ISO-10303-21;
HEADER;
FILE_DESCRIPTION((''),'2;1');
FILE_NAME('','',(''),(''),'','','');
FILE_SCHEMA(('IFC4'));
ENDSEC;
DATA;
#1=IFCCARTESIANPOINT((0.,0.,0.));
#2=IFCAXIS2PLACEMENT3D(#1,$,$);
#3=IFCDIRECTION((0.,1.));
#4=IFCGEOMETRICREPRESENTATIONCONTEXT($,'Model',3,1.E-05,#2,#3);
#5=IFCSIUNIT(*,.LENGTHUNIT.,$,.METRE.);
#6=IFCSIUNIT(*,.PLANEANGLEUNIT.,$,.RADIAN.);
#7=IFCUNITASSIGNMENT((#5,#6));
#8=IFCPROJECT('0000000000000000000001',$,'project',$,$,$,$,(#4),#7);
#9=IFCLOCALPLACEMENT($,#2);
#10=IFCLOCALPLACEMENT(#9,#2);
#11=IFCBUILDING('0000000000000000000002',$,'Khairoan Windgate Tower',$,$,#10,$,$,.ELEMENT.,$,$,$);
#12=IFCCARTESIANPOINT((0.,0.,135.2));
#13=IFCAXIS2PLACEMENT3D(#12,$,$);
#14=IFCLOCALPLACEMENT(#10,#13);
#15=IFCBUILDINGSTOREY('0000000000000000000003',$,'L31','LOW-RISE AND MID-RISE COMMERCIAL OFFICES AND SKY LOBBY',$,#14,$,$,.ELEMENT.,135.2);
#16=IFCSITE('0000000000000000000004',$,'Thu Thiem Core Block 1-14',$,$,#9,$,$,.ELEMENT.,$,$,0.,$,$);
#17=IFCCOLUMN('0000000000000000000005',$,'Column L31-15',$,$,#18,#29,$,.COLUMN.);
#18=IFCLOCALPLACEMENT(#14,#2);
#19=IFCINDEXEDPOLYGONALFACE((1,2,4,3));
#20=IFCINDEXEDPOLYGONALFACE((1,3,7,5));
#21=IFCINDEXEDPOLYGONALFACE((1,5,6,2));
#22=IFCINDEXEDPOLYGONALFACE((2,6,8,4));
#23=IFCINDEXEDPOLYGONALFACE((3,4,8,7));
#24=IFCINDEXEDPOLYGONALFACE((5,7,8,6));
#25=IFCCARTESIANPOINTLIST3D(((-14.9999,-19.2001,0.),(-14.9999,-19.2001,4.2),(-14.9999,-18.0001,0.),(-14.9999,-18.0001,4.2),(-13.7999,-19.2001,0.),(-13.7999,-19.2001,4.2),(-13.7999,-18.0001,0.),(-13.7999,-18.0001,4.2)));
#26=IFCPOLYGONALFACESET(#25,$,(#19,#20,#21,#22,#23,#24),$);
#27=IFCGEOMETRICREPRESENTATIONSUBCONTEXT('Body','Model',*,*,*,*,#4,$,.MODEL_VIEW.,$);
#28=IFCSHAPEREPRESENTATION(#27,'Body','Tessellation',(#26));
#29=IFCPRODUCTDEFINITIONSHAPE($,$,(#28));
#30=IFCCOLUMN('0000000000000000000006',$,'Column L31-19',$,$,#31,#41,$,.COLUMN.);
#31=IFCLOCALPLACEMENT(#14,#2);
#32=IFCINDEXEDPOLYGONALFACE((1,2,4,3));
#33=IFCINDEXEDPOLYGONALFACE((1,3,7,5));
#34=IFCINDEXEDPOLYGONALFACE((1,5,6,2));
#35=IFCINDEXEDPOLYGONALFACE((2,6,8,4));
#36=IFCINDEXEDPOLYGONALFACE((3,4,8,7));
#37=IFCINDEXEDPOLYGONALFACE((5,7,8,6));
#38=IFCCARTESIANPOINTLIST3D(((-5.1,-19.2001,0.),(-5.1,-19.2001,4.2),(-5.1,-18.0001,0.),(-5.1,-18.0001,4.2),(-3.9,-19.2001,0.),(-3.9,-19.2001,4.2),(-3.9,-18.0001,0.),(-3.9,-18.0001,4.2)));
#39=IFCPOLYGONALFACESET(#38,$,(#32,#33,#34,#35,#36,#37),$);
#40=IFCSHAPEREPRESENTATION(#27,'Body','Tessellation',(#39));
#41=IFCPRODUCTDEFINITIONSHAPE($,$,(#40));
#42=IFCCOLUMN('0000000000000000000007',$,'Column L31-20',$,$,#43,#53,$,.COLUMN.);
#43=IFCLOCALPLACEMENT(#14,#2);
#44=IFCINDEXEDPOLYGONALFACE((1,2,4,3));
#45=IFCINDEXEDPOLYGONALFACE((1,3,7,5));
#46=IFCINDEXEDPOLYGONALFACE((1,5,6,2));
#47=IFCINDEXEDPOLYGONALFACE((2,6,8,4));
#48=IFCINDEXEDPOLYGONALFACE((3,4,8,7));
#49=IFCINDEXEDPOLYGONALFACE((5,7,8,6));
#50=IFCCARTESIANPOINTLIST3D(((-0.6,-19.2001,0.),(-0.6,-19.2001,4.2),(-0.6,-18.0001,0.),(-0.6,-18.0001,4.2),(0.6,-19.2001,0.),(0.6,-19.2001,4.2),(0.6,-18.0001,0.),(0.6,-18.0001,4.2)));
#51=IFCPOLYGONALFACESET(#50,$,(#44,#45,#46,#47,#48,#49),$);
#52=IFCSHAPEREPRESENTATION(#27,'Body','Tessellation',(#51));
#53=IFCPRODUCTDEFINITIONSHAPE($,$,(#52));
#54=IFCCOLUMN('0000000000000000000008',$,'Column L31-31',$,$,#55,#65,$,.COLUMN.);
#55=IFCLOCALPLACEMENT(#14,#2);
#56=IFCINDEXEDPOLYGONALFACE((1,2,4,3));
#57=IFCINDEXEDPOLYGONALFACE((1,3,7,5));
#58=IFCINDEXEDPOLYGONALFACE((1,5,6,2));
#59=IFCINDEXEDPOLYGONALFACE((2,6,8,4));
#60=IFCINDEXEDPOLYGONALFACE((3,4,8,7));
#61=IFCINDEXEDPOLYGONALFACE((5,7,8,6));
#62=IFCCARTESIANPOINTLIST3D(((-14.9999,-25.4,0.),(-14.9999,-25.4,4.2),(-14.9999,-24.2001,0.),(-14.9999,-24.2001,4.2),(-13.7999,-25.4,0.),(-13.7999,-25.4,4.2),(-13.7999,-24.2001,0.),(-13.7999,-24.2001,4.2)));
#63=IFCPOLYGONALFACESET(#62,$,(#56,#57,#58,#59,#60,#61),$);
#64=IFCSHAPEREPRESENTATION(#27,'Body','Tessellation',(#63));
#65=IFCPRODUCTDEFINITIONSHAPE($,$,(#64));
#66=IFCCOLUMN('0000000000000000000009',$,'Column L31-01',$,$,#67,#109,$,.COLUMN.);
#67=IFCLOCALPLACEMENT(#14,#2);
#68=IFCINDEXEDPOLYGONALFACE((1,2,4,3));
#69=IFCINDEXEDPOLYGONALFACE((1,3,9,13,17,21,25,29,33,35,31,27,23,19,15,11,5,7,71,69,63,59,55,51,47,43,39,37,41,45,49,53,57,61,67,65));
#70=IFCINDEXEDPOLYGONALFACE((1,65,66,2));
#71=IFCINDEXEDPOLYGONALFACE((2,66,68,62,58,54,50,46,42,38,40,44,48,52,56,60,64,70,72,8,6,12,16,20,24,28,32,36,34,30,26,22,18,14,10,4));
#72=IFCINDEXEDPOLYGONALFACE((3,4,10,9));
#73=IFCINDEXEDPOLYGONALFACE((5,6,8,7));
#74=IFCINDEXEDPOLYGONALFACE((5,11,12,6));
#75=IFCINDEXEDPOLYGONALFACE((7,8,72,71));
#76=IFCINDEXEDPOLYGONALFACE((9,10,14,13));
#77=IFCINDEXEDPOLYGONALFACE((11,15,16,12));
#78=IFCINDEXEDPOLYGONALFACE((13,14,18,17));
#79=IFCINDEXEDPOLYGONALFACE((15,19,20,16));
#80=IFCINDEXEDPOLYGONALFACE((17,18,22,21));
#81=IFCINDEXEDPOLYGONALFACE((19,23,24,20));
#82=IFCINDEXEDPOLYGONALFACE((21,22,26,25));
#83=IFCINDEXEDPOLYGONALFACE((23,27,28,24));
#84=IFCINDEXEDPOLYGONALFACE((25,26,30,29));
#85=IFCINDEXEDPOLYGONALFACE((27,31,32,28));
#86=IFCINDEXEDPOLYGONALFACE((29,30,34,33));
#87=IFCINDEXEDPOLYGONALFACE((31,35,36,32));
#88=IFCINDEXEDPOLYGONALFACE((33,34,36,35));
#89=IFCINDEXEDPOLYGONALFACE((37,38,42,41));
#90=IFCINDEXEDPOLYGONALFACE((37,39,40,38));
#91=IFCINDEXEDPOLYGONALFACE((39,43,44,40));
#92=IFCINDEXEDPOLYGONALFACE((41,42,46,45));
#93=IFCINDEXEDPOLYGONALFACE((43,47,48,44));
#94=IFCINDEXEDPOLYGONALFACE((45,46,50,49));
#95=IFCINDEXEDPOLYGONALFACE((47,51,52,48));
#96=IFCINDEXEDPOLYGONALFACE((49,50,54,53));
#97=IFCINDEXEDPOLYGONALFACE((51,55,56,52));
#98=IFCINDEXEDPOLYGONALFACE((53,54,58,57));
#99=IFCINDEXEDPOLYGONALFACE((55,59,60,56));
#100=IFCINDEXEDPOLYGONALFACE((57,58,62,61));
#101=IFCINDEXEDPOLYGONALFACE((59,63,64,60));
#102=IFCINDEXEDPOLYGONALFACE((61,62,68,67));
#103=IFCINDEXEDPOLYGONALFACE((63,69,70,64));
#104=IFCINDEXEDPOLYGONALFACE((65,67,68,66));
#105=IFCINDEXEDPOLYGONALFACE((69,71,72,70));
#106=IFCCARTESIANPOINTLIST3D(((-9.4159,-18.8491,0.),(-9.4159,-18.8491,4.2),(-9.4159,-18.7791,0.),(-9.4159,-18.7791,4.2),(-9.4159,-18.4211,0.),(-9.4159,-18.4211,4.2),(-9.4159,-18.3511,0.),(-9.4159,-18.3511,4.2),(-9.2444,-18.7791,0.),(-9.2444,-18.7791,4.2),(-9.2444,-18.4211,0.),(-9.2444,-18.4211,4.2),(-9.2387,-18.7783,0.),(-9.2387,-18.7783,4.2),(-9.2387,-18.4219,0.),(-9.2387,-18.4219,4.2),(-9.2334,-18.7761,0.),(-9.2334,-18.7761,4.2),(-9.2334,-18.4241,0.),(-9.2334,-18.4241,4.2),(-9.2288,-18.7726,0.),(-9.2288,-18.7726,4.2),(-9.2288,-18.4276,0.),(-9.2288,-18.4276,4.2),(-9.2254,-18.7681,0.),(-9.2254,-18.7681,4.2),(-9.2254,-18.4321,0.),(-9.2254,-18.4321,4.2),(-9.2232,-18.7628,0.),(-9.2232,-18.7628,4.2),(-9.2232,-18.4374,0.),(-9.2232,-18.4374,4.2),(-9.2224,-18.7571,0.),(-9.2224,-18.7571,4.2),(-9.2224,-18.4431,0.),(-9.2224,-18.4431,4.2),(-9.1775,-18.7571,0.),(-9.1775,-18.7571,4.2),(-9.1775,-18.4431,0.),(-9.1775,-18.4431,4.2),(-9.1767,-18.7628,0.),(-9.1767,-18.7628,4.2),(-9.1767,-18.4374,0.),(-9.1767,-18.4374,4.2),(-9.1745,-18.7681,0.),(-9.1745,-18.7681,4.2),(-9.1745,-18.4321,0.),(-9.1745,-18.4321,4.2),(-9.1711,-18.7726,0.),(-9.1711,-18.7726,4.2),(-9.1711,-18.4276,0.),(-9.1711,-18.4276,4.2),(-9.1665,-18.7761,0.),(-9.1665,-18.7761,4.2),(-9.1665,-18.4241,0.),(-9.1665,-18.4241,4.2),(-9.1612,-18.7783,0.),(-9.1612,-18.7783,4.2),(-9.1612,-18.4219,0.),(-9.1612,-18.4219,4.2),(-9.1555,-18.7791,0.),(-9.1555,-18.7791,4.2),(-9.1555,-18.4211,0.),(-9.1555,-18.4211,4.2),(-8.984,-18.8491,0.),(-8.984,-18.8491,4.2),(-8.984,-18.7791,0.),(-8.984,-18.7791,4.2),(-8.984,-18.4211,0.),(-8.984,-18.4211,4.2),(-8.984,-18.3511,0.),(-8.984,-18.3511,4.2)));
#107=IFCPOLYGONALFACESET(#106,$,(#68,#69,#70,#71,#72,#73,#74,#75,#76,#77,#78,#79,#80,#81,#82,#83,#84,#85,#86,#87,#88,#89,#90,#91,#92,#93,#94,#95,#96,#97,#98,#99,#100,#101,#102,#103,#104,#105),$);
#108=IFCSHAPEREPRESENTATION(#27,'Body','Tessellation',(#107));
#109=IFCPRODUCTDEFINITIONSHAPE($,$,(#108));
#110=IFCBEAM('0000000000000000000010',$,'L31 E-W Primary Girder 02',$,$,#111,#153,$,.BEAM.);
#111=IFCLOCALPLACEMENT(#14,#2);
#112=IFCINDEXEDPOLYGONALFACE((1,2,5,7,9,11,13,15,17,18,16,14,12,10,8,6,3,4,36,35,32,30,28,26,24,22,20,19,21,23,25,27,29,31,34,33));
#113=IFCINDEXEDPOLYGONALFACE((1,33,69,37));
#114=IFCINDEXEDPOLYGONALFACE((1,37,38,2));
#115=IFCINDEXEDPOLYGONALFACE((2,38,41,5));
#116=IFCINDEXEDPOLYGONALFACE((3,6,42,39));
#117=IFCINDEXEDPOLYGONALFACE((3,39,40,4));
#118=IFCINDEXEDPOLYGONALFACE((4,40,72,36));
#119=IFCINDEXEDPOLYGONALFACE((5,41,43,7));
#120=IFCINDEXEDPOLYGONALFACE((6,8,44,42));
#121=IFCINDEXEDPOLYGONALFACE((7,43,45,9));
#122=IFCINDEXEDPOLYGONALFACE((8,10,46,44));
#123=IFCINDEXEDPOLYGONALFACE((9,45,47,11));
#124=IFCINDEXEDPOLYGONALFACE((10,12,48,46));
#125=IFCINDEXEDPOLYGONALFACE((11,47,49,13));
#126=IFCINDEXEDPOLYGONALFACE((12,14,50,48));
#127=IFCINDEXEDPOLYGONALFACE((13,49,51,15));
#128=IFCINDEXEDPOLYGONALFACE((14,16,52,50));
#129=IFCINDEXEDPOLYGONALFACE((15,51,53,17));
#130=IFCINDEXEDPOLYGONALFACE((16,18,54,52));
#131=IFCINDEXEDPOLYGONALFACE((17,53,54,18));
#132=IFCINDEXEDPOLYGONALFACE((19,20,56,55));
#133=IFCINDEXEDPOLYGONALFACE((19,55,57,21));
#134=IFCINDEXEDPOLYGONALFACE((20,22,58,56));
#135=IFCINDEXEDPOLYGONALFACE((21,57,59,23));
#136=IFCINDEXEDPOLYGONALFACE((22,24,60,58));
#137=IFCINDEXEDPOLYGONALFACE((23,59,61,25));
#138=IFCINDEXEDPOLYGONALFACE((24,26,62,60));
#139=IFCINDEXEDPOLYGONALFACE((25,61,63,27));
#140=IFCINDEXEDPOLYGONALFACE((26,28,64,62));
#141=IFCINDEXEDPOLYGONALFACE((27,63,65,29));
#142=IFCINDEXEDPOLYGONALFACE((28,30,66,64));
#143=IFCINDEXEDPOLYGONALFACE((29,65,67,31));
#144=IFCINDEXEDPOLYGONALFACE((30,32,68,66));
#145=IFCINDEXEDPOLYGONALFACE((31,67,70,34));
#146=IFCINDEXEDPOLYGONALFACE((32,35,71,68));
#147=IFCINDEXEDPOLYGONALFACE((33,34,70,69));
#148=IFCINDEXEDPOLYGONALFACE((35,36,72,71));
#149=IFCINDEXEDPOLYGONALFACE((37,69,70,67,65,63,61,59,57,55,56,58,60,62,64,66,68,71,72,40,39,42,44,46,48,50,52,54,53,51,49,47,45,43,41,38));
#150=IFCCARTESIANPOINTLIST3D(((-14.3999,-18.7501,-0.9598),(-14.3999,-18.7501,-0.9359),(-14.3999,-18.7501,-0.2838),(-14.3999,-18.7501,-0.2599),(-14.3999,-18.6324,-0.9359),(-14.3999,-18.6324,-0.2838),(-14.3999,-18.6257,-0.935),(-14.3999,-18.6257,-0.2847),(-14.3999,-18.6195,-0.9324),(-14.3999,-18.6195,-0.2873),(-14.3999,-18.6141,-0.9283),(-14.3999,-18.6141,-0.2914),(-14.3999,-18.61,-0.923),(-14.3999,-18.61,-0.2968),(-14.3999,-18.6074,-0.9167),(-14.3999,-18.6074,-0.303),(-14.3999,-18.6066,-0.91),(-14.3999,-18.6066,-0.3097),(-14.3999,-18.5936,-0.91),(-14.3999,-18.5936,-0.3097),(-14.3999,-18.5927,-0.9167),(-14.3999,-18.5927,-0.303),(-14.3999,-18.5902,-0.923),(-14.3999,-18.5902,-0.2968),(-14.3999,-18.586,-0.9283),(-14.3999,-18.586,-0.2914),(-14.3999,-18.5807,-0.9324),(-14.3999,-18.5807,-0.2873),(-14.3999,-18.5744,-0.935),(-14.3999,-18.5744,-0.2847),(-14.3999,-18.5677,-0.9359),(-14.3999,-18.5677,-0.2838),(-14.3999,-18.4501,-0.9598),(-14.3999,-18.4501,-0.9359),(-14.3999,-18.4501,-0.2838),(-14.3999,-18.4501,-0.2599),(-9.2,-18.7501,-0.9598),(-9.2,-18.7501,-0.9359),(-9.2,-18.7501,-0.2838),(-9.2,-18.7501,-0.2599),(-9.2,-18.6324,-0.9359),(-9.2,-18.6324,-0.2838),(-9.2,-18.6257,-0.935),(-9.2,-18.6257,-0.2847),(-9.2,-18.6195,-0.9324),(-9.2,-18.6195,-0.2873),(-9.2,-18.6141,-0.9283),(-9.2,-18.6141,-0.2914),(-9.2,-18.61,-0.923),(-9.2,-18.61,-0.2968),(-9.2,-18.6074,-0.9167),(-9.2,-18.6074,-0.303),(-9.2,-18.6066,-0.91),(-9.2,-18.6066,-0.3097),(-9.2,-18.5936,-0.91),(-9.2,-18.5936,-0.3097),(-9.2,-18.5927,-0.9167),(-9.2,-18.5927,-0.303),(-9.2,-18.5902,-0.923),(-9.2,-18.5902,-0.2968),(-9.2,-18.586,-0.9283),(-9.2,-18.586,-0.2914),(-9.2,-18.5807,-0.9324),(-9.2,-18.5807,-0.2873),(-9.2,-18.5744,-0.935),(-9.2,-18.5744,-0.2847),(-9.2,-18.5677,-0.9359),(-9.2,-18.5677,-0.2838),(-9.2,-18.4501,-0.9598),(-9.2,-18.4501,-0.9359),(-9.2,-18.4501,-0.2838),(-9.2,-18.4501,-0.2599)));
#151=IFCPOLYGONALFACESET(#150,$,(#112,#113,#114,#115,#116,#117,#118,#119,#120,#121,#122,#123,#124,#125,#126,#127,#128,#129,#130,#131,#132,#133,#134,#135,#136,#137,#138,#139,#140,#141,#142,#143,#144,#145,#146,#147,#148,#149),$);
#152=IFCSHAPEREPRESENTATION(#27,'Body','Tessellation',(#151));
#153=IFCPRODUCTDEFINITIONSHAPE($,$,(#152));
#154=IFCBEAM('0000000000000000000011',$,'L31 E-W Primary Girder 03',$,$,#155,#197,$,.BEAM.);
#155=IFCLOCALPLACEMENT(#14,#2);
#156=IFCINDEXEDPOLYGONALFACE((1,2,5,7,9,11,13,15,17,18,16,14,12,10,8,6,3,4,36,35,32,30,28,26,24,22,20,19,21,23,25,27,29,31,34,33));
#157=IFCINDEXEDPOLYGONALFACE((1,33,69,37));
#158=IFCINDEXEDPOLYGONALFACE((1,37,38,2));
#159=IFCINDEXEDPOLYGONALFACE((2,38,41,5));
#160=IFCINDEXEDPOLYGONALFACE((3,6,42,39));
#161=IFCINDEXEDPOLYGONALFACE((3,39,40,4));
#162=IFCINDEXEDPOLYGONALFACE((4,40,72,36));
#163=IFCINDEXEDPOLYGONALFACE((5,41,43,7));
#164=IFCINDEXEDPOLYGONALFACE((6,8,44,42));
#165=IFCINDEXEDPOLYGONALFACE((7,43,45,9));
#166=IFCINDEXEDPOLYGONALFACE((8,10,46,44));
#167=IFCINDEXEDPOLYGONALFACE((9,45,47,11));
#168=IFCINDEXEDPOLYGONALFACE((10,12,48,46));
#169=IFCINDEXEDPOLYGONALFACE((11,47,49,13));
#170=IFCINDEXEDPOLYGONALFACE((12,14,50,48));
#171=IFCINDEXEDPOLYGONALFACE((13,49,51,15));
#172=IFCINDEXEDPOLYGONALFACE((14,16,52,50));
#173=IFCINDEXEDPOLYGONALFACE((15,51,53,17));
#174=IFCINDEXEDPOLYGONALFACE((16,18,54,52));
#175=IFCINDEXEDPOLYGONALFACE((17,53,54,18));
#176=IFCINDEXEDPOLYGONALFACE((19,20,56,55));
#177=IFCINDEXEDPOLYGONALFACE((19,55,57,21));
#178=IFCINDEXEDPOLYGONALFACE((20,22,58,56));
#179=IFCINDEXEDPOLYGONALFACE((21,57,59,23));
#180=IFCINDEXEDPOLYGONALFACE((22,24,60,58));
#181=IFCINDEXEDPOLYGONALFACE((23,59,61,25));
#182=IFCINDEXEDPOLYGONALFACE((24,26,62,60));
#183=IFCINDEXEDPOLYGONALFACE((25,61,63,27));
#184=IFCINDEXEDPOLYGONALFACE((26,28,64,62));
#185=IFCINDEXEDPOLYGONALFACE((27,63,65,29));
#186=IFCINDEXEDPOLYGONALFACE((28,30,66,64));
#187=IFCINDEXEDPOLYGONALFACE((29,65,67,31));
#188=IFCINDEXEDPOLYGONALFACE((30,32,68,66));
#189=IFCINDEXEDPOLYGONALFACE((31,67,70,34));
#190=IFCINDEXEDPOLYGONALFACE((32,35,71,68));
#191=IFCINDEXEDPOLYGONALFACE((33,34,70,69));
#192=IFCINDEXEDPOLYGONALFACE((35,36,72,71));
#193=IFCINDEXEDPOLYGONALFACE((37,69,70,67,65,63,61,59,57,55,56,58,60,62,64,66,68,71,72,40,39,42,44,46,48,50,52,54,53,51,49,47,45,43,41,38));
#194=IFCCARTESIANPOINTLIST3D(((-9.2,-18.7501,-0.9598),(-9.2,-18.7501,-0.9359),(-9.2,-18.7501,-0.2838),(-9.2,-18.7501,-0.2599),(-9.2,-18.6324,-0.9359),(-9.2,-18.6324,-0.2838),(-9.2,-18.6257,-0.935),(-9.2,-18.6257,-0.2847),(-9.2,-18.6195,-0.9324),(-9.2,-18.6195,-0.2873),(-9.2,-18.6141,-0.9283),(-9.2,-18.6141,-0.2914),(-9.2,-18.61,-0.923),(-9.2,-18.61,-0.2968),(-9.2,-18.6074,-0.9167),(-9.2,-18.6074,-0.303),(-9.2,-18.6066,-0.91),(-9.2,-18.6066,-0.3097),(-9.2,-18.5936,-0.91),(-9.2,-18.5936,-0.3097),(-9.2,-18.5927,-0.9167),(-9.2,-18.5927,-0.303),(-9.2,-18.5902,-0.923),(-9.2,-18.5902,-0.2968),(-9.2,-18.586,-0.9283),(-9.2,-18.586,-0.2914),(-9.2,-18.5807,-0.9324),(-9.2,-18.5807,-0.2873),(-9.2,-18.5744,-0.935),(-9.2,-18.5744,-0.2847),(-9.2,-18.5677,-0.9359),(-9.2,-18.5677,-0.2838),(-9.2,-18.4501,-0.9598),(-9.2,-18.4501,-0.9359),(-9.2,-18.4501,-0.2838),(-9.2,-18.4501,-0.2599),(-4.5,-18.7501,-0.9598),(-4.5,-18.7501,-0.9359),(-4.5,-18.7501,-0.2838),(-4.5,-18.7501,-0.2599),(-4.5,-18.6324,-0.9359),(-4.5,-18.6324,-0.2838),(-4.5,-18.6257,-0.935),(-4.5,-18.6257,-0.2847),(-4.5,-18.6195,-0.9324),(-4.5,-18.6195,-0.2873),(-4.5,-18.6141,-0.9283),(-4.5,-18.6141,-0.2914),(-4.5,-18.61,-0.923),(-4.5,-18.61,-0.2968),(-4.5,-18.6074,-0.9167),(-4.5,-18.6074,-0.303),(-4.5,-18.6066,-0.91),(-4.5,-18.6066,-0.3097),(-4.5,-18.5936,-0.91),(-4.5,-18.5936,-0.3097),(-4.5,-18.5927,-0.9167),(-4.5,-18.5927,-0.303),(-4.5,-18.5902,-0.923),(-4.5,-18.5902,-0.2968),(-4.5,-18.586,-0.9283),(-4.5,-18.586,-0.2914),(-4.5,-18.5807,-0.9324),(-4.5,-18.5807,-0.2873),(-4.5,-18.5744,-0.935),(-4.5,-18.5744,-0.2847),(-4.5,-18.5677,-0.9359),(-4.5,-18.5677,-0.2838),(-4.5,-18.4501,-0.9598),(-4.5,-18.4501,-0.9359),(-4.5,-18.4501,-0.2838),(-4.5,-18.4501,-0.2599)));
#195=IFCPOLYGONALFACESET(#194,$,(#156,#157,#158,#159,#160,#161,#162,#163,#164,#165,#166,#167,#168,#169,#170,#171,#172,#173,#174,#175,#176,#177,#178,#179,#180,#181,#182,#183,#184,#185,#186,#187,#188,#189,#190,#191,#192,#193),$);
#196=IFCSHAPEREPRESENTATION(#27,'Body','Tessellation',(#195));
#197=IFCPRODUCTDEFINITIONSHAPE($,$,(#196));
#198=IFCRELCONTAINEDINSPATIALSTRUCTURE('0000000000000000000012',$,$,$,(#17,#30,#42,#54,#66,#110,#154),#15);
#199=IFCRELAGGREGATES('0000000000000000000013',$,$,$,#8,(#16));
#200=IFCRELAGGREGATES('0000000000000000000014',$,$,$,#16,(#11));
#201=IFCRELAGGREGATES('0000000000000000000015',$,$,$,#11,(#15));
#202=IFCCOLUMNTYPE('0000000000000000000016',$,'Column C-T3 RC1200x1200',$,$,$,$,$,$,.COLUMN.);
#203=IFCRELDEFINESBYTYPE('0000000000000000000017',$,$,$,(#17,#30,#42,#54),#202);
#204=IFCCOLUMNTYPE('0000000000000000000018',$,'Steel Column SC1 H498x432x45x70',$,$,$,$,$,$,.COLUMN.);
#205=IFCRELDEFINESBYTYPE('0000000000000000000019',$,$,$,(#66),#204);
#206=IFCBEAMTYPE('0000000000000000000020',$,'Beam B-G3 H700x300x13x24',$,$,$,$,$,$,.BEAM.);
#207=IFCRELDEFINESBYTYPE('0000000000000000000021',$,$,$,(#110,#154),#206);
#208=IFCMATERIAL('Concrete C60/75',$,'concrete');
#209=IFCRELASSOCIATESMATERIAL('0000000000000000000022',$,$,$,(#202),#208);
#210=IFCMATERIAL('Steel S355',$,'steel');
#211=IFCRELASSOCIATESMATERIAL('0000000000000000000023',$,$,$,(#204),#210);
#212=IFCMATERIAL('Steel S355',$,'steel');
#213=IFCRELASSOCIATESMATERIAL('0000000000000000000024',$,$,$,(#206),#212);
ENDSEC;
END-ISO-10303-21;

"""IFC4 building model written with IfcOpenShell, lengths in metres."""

from ifc_helpers import new_model, si_unit, direction, frame, origin, origin_2d, place, context, subcontext, project, spatial, rectangle, i_section, extrude, material, material_profile, profile_set, type_object, element, save


model = new_model("IFC4")

# Units and contexts
model_context = context("Model", 3, precision=1e-05, world=origin(), true_north=direction((0.0, 1.0)))
body_context = subcontext(model_context, "Body", "Model", "MODEL_VIEW")
ifc_project = project(units=[si_unit("LENGTHUNIT", "METRE"), si_unit("PLANEANGLEUNIT", "RADIAN")], contexts=[model_context])

# Site, building, storey
site_placement = place(None, origin())
site = spatial("IfcSite", under=ifc_project, at=site_placement, Name="Thu Thiem Core Block 1-14", CompositionType="ELEMENT", RefElevation=0.0)
building_placement = place(site_placement, origin())
building = spatial("IfcBuilding", under=site, at=building_placement, Name="Khairoan Windgate Tower", CompositionType="ELEMENT")
storey_placement = place(building_placement, frame((0.0, 0.0, 135.2)))
storey = spatial("IfcBuildingStorey", under=building, at=storey_placement, Name="L31", Description="LOW-RISE AND MID-RISE COMMERCIAL OFFICES AND SKY LOBBY", CompositionType="ELEMENT", Elevation=135.2)

# Columns
ifc_material_1 = material(Name="Concrete C60/75", Category="concrete")
ifc_material_profile_1 = material_profile(ifc_material_1, rectangle(XDim=1.2, YDim=1.2, at=origin_2d()))
ifc_profile_set_1 = profile_set([ifc_material_profile_1], Name="Concrete C60/75")
column_type_1 = type_object("IfcColumnType", Name="Column C-T3 RC1200x1200", PredefinedType="COLUMN", material=ifc_profile_set_1)
for number, where, z_axis, x_axis, name in (
    (1, (-14.3999, -18.6001, 0.0), (0.0, 0.0, 1.0), (1.0, 0.0, 0.0), "Column L31-15"),
    (2, (-4.5, -18.6001, 0.0), (0.0, 0.0, 1.0), (1.0, 0.0, 0.0), "Column L31-19"),
    (3, (0.0, -18.6001, 0.0), (0.0, 0.0, 1.0), (1.0, 0.0, 0.0), "Column L31-20"),
    (4, (-14.3999, -24.8, 0.0), (0.0, 0.0, 1.0), (1.0, 0.0, 0.0), "Column L31-31"),
):
    element("IfcColumn", number, at=place(storey_placement, frame(where, z_axis=z_axis, x_axis=x_axis)), inside=storey, type_object=column_type_1, Name=name, PredefinedType="COLUMN", context=body_context, shape_type="SweptSolid", body=[
        extrude(rectangle(XDim=1.2, YDim=1.2, at=origin_2d()), origin(), (0.0, 0.0, 1.0), 4.2),
    ])
ifc_material_2 = material(Name="Steel S355", Category="steel")
ifc_material_profile_2 = material_profile(ifc_material_2, i_section(OverallWidth=0.4319, OverallDepth=0.498, WebThickness=0.0449, FlangeThickness=0.0701, FilletRadius=0.022, at=origin_2d()))
ifc_profile_set_2 = profile_set([ifc_material_profile_2], Name="Steel S355")
column_type_2 = type_object("IfcColumnType", Name="Steel Column SC1 H498x432x45x70", PredefinedType="COLUMN", material=ifc_profile_set_2)
column_placement = place(storey_placement, frame((-9.2, -18.6001, 0.0), z_axis=(0.0, 0.0, 1.0), x_axis=(1.0, 0.0, 0.0)))
element("IfcColumn", 5, at=column_placement, inside=storey, type_object=column_type_2, Name="Column L31-01", PredefinedType="COLUMN", context=body_context, shape_type="SweptSolid", body=[
    extrude(i_section(OverallWidth=0.4319, OverallDepth=0.498, WebThickness=0.0449, FlangeThickness=0.0701, FilletRadius=0.022, at=origin_2d()), origin(), (0.0, 0.0, 1.0), 4.2),
])

# Beams
ifc_material_3 = material(Name="Steel S355", Category="steel")
ifc_material_profile_3 = material_profile(ifc_material_3, i_section(OverallWidth=0.3, OverallDepth=0.7, WebThickness=0.0129, FlangeThickness=0.0239, FilletRadius=0.0259, at=origin_2d()))
ifc_profile_set_3 = profile_set([ifc_material_profile_3], Name="Steel S355")
beam_type_1 = type_object("IfcBeamType", Name="Beam B-G3 H700x300x13x24", PredefinedType="BEAM", material=ifc_profile_set_3)
beam_1_placement = place(storey_placement, frame((-14.3999, -18.6001, -0.6099), z_axis=(1.0, 0.0, 0.0), x_axis=(0.0, 1.0, 0.0)))
element("IfcBeam", 6, at=beam_1_placement, inside=storey, type_object=beam_type_1, Name="L31 E-W Primary Girder 02", PredefinedType="BEAM", context=body_context, shape_type="SweptSolid", body=[
    extrude(i_section(OverallWidth=0.3, OverallDepth=0.7, WebThickness=0.0129, FlangeThickness=0.0239, FilletRadius=0.0259, at=origin_2d()), origin(), (0.0, 0.0, 1.0), 5.2),
])
beam_2_placement = place(storey_placement, frame((-9.2, -18.6001, -0.6099), z_axis=(1.0, 0.0, 0.0), x_axis=(0.0, 1.0, 0.0)))
element("IfcBeam", 7, at=beam_2_placement, inside=storey, type_object=beam_type_1, Name="L31 E-W Primary Girder 03", PredefinedType="BEAM", context=body_context, shape_type="SweptSolid", body=[
    extrude(i_section(OverallWidth=0.3, OverallDepth=0.7, WebThickness=0.0129, FlangeThickness=0.0239, FilletRadius=0.0259, at=origin_2d()), origin(), (0.0, 0.0, 1.0), 4.7),
])

save(model, "model.ifc")
